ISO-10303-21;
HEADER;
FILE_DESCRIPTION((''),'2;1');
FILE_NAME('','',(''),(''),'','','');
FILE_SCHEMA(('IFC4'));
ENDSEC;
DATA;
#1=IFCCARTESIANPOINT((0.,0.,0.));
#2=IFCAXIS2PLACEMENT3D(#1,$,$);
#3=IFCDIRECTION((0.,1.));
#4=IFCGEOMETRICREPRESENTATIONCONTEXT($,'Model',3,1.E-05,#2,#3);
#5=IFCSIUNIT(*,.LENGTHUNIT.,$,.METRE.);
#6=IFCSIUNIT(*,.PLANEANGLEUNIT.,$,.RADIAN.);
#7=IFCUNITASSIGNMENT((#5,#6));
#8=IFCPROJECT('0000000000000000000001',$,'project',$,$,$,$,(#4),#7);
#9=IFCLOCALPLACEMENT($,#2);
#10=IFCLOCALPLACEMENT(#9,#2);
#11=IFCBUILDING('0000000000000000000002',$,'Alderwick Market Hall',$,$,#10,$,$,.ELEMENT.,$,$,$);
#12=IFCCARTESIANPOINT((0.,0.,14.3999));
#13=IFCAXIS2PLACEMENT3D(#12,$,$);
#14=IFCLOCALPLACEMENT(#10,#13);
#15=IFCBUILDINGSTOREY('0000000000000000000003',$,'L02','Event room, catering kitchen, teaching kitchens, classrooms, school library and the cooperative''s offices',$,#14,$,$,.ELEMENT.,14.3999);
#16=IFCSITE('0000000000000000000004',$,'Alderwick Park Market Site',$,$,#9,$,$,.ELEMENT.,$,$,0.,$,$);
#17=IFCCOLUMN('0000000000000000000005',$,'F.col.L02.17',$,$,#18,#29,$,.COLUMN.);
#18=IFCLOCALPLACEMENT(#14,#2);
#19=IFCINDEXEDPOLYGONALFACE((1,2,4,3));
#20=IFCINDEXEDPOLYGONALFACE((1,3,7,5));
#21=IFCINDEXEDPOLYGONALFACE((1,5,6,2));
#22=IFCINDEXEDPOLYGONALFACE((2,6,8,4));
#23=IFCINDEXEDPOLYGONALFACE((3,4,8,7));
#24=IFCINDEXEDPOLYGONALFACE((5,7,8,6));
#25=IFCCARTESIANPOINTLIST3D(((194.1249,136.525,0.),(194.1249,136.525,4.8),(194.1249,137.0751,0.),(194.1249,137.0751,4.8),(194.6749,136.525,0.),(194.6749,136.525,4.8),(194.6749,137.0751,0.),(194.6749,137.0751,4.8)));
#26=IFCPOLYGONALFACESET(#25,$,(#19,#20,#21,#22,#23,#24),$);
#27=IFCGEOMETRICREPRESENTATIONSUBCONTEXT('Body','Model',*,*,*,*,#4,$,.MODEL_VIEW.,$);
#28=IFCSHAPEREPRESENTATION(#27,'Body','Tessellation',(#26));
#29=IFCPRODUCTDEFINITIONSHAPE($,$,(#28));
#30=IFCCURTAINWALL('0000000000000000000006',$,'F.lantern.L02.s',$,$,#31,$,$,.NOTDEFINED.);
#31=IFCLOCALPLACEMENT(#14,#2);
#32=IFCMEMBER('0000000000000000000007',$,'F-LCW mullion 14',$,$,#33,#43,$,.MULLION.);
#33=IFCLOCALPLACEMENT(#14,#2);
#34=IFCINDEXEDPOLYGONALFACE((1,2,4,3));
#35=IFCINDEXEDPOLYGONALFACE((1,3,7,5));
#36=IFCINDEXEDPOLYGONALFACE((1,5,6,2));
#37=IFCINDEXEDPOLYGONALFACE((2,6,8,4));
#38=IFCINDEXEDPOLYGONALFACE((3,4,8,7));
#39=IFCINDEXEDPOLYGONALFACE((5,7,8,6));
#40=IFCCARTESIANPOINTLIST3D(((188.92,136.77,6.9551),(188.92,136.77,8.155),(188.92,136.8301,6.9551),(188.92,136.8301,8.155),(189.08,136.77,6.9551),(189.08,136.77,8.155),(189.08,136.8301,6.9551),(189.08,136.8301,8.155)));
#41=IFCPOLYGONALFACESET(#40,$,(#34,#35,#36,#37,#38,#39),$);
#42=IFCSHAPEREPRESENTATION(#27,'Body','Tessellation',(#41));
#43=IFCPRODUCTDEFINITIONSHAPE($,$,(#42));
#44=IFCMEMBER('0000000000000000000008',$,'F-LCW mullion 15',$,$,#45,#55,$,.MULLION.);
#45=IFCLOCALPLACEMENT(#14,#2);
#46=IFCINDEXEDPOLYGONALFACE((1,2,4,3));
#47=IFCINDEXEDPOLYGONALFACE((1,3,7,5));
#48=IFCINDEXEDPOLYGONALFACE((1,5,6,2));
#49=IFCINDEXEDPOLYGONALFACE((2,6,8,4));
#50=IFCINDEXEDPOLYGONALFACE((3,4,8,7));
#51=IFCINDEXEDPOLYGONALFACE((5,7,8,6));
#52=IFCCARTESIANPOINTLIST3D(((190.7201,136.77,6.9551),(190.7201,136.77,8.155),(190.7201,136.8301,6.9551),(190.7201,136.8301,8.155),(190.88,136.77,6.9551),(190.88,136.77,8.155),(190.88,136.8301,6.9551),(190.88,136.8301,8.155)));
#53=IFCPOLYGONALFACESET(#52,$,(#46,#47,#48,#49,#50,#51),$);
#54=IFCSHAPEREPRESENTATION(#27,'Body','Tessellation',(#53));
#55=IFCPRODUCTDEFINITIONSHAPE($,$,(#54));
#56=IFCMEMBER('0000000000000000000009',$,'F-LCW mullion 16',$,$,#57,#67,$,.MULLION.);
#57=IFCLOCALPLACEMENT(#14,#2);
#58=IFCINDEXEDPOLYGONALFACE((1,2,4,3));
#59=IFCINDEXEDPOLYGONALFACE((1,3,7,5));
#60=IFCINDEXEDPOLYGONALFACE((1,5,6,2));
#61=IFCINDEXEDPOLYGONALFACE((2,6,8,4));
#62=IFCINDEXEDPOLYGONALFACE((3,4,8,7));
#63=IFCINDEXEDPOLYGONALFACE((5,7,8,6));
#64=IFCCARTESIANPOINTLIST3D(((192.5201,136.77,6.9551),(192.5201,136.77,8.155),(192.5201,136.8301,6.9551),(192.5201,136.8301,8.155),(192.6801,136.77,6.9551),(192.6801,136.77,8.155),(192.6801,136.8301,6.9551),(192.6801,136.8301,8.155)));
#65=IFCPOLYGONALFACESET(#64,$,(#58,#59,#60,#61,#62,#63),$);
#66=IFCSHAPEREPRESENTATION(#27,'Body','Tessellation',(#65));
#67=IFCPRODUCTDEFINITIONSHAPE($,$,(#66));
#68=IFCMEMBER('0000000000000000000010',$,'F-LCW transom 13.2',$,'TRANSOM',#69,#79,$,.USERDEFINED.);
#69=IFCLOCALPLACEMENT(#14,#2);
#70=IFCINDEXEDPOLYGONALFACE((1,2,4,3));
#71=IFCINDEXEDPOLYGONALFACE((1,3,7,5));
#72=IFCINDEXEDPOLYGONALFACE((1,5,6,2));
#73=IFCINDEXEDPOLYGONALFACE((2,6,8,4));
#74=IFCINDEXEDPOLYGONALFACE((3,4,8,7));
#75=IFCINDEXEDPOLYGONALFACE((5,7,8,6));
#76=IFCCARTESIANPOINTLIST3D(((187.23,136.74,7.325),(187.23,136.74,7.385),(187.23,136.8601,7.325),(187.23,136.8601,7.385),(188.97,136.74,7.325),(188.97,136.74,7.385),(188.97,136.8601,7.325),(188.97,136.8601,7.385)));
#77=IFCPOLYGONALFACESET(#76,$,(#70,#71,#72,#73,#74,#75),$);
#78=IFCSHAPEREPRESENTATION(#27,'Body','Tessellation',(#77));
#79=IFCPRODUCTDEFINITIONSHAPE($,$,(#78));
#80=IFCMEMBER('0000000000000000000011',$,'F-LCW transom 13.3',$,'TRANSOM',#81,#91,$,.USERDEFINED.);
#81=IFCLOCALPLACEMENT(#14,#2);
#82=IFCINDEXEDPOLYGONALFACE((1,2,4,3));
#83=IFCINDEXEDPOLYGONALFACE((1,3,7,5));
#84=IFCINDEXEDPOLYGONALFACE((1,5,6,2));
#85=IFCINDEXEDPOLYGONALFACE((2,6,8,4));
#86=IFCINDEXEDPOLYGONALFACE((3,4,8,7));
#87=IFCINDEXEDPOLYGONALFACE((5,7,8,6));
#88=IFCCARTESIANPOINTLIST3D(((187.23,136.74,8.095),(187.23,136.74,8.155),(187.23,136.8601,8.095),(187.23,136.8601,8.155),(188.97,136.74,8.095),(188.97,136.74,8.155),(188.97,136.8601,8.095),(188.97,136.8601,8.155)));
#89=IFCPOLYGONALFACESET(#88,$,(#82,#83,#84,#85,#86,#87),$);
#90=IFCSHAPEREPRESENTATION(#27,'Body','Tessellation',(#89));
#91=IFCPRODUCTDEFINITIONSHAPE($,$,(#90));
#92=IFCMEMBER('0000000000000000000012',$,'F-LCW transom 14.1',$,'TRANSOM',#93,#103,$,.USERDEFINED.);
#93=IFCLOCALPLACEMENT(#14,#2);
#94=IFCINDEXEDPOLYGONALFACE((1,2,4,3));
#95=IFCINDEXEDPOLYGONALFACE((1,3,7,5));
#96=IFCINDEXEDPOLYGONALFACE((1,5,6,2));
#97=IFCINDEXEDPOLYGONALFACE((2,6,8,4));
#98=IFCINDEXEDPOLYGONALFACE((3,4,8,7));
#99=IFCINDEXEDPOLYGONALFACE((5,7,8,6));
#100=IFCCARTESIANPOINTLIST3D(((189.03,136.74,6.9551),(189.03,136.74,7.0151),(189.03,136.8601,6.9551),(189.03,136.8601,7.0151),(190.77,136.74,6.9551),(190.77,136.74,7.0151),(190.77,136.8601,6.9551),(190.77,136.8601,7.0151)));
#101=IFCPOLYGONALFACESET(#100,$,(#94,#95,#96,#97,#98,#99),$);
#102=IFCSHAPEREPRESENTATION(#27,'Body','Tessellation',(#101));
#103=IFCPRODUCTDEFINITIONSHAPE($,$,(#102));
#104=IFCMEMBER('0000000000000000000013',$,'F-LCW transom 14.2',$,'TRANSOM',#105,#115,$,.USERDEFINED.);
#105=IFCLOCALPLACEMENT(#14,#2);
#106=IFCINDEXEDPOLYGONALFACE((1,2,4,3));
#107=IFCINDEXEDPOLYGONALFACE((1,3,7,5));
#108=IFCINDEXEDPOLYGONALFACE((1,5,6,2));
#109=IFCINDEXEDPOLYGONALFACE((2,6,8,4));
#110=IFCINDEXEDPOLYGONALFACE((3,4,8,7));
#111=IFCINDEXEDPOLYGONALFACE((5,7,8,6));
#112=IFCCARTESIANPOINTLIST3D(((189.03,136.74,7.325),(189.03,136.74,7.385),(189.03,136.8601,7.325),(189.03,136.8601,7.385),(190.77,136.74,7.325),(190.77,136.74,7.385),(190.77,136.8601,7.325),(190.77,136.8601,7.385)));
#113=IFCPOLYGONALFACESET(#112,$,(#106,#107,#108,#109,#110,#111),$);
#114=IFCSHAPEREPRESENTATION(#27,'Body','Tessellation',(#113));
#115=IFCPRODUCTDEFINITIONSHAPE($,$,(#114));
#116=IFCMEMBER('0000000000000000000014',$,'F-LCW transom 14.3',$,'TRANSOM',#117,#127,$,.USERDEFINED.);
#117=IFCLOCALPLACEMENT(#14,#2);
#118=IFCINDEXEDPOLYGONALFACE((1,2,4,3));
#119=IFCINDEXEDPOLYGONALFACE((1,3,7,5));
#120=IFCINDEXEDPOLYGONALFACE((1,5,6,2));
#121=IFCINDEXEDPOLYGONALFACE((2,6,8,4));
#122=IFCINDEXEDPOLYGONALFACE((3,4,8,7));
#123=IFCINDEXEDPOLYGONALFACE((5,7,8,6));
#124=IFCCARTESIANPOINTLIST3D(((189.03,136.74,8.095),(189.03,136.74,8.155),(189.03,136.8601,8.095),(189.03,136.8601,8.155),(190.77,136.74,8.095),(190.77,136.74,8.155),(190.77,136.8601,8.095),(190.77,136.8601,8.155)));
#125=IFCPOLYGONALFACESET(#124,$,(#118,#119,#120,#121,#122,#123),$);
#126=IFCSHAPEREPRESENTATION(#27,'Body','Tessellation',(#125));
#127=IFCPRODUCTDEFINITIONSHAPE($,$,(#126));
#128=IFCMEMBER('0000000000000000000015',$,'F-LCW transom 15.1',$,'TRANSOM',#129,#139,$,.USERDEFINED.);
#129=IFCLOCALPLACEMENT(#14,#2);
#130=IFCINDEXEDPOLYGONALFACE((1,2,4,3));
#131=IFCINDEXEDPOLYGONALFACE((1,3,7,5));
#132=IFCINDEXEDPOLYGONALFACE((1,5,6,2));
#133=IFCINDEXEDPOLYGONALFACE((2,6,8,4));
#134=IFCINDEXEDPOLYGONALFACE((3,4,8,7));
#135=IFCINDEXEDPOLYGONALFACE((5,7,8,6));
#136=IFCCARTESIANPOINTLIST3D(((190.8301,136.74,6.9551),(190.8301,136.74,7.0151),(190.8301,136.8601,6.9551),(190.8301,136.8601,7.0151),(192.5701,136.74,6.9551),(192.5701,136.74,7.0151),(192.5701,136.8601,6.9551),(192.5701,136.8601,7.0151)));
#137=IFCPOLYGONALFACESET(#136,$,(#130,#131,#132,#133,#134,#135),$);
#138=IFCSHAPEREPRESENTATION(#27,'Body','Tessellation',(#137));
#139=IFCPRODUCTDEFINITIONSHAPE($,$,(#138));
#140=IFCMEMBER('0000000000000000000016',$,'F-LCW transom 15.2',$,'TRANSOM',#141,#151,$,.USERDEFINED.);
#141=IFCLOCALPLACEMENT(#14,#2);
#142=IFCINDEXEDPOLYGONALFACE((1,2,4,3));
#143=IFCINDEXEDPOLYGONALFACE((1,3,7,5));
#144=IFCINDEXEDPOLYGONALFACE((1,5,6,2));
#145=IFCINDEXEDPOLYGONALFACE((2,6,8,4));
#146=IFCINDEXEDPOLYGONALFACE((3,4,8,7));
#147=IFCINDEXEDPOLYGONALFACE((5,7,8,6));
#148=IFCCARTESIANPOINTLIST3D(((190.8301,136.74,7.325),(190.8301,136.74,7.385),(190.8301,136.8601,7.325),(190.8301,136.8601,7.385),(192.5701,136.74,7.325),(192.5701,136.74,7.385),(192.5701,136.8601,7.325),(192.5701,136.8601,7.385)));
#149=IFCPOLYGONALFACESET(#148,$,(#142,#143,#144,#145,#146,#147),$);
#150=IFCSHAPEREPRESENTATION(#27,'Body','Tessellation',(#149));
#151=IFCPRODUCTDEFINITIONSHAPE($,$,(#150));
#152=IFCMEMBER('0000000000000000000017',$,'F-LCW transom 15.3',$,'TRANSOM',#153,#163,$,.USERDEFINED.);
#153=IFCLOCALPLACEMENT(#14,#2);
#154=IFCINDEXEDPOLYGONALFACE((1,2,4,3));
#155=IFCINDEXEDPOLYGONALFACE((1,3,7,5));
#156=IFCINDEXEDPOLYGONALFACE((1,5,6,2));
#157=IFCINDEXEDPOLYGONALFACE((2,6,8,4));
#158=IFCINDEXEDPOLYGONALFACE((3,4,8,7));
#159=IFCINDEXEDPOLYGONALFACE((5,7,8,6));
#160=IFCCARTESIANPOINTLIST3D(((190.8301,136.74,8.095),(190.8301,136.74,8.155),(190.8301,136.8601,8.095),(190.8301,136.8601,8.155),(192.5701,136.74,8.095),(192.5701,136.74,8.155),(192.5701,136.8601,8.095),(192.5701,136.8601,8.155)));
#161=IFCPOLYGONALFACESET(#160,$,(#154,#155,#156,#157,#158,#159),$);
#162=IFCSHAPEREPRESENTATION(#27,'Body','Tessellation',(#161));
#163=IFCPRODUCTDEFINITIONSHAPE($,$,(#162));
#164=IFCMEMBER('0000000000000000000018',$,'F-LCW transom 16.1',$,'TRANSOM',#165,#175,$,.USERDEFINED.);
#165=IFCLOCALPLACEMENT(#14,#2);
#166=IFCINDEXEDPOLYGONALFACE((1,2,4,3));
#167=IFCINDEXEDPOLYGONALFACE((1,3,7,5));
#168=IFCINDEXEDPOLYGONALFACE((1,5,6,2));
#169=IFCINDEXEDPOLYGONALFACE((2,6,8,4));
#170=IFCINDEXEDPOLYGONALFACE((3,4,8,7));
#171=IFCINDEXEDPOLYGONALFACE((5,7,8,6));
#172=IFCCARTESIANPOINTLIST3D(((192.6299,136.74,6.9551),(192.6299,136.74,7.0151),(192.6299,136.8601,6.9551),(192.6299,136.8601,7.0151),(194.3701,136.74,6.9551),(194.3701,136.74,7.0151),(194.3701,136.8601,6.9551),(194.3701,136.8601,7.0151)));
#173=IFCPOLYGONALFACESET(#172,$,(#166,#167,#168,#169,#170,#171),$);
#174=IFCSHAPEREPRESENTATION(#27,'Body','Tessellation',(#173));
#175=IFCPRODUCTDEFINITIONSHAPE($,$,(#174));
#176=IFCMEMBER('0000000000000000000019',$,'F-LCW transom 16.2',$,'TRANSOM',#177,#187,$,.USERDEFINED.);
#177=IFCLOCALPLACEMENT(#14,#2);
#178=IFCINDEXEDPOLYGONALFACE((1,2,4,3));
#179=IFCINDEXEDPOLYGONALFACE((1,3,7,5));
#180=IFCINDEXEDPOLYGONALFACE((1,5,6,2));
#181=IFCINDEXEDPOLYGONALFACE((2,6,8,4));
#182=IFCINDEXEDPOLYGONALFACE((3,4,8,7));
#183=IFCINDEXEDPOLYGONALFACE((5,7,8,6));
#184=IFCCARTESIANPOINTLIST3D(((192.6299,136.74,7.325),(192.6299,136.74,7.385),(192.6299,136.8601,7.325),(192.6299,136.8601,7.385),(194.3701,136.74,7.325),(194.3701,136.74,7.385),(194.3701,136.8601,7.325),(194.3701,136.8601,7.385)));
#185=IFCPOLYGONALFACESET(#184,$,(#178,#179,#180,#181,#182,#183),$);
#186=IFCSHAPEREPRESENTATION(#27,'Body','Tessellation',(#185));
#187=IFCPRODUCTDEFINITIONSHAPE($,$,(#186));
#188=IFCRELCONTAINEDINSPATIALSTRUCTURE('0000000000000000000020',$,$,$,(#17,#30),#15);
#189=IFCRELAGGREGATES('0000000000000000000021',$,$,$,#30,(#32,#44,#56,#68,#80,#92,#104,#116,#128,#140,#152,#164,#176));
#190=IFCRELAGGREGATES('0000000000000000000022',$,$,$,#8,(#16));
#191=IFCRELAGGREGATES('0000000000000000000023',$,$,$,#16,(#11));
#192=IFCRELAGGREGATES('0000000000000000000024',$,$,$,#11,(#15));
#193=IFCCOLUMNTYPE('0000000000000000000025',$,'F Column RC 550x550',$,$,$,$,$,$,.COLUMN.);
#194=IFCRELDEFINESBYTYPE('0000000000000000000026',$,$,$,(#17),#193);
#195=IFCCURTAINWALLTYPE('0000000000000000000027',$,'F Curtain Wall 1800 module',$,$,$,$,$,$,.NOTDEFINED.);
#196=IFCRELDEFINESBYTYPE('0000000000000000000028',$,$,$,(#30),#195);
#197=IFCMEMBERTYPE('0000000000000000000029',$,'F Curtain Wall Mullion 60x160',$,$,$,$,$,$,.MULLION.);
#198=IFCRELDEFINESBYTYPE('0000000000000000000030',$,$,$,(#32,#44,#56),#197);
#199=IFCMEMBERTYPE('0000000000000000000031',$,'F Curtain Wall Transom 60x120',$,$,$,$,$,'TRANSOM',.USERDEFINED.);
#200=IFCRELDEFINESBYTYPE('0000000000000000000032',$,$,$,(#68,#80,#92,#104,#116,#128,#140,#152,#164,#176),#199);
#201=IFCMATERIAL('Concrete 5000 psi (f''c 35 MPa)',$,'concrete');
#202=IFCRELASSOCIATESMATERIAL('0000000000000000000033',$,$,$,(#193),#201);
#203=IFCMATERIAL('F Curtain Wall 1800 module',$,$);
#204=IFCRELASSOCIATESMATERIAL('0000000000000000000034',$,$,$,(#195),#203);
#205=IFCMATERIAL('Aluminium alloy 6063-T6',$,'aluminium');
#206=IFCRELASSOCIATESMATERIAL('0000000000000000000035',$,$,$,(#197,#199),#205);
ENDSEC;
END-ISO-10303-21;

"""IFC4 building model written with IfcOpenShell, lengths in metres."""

from ifc_helpers import new_model, si_unit, direction, frame, origin, origin_2d, place, context, subcontext, project, spatial, rectangle, extrude, material, material_profile, profile_set, type_object, element, aggregate, save


model = new_model("IFC4")

# Units and contexts
model_context = context("Model", 3, precision=1e-05, world=origin(), true_north=direction((0.0, 1.0)))
body_context = subcontext(model_context, "Body", "Model", "MODEL_VIEW")
ifc_project = project(units=[si_unit("LENGTHUNIT", "METRE"), si_unit("PLANEANGLEUNIT", "RADIAN")], contexts=[model_context])

# Site, building, storey
site_placement = place(None, origin())
site = spatial("IfcSite", under=ifc_project, at=site_placement, Name="Alderwick Park Market Site", CompositionType="ELEMENT", RefElevation=0.0)
building_placement = place(site_placement, origin())
building = spatial("IfcBuilding", under=site, at=building_placement, Name="Alderwick Market Hall", CompositionType="ELEMENT")
storey_placement = place(building_placement, frame((0.0, 0.0, 14.3999)))
storey = spatial("IfcBuildingStorey", under=building, at=storey_placement, Name="L02", Description="Event room, catering kitchen, teaching kitchens, classrooms, school library and the cooperative's offices", CompositionType="ELEMENT", Elevation=14.3999)

# Column
ifc_material_1 = material(Name="Concrete 5000 psi (f'c 35 MPa)", Category="concrete")
ifc_material_profile_1 = material_profile(ifc_material_1, rectangle(XDim=0.55, YDim=0.55, at=origin_2d()), Name="RC 550x550")
ifc_profile_set_1 = profile_set([ifc_material_profile_1], Name="Concrete 5000 psi (f'c 35 MPa)")
column_type = type_object("IfcColumnType", Name="F Column RC 550x550", PredefinedType="COLUMN", material=ifc_profile_set_1)
column_placement = place(storey_placement, frame((194.3999, 136.8, 0.0), z_axis=(0.0, 0.0, 1.0), x_axis=(1.0, 0.0, 0.0)))
element("IfcColumn", 1, at=column_placement, inside=storey, type_object=column_type, Name="F.col.L02.17", PredefinedType="COLUMN", context=body_context, shape_type="SweptSolid", body=[
    extrude(rectangle(XDim=0.55, YDim=0.55, at=origin_2d()), origin(), (0.0, 0.0, 1.0), 4.8),
])

# Curtain wall, members
ifc_material_2 = material(Name="F Curtain Wall 1800 module")
curtain_wall_type = type_object("IfcCurtainWallType", Name="F Curtain Wall 1800 module", PredefinedType="NOTDEFINED", material=ifc_material_2)
curtain_wall_placement = place(storey_placement, origin())
curtain_wall = element("IfcCurtainWall", 2, at=curtain_wall_placement, inside=storey, type_object=curtain_wall_type, Name="F.lantern.L02.s", PredefinedType="NOTDEFINED")
ifc_material_3 = material(Name="Aluminium alloy 6063-T6", Category="aluminium")
ifc_material_profile_2 = material_profile(ifc_material_3, rectangle(XDim=0.0601, YDim=0.1599, at=origin_2d()), Name="AL 60x160")
ifc_profile_set_2 = profile_set([ifc_material_profile_2], Name="Aluminium alloy 6063-T6")
member_type_1 = type_object("IfcMemberType", Name="F Curtain Wall Mullion 60x160", PredefinedType="MULLION", material=ifc_profile_set_2)
member_1_placement = place(storey_placement, frame((189.0, 136.8, 6.9551), z_axis=(0.0, 0.0, 1.0), x_axis=(0.0, 1.0, 0.0)))
member_1 = element("IfcMember", 3, at=member_1_placement, type_object=member_type_1, Name="F-LCW mullion 14", PredefinedType="MULLION", context=body_context, shape_type="SweptSolid", body=[
    extrude(rectangle(XDim=0.0601, YDim=0.1599, at=origin_2d()), origin(), (0.0, 0.0, 1.0), 1.2),
])
member_2_placement = place(storey_placement, frame((190.8, 136.8, 6.9551), z_axis=(0.0, 0.0, 1.0), x_axis=(0.0, 1.0, 0.0)))
member_2 = element("IfcMember", 4, at=member_2_placement, type_object=member_type_1, Name="F-LCW mullion 15", PredefinedType="MULLION", context=body_context, shape_type="SweptSolid", body=[
    extrude(rectangle(XDim=0.0601, YDim=0.1599, at=origin_2d()), origin(), (0.0, 0.0, 1.0), 1.2),
])
member_3_placement = place(storey_placement, frame((192.6001, 136.8, 6.9551), z_axis=(0.0, 0.0, 1.0), x_axis=(0.0, 1.0, 0.0)))
member_3 = element("IfcMember", 5, at=member_3_placement, type_object=member_type_1, Name="F-LCW mullion 16", PredefinedType="MULLION", context=body_context, shape_type="SweptSolid", body=[
    extrude(rectangle(XDim=0.0601, YDim=0.1599, at=origin_2d()), origin(), (0.0, 0.0, 1.0), 1.2),
])
ifc_material_profile_3 = material_profile(ifc_material_3, rectangle(XDim=0.1201, YDim=0.0601, at=origin_2d()), Name="AL 60x120")
ifc_profile_set_3 = profile_set([ifc_material_profile_3], Name="Aluminium alloy 6063-T6")
member_type_2 = type_object("IfcMemberType", Name="F Curtain Wall Transom 60x120", ElementType="TRANSOM", PredefinedType="USERDEFINED", material=ifc_profile_set_3)
member_4_placement = place(storey_placement, frame((187.23, 136.8, 7.355), z_axis=(1.0, 0.0, 0.0), x_axis=(0.0, 1.0, 0.0)))
member_4 = element("IfcMember", 6, at=member_4_placement, type_object=member_type_2, Name="F-LCW transom 13.2", ObjectType="TRANSOM", PredefinedType="USERDEFINED", context=body_context, shape_type="SweptSolid", body=[
    extrude(rectangle(XDim=0.1201, YDim=0.0601, at=origin_2d()), origin(), (0.0, 0.0, 1.0), 1.74),
])
member_5_placement = place(storey_placement, frame((187.23, 136.8, 8.125), z_axis=(1.0, 0.0, 0.0), x_axis=(0.0, 1.0, 0.0)))
member_5 = element("IfcMember", 7, at=member_5_placement, type_object=member_type_2, Name="F-LCW transom 13.3", ObjectType="TRANSOM", PredefinedType="USERDEFINED", context=body_context, shape_type="SweptSolid", body=[
    extrude(rectangle(XDim=0.1201, YDim=0.0601, at=origin_2d()), origin(), (0.0, 0.0, 1.0), 1.74),
])
member_6_placement = place(storey_placement, frame((189.03, 136.8, 6.9851), z_axis=(1.0, 0.0, 0.0), x_axis=(0.0, 1.0, 0.0)))
member_6 = element("IfcMember", 8, at=member_6_placement, type_object=member_type_2, Name="F-LCW transom 14.1", ObjectType="TRANSOM", PredefinedType="USERDEFINED", context=body_context, shape_type="SweptSolid", body=[
    extrude(rectangle(XDim=0.1201, YDim=0.0601, at=origin_2d()), origin(), (0.0, 0.0, 1.0), 1.74),
])
member_7_placement = place(storey_placement, frame((189.03, 136.8, 7.355), z_axis=(1.0, 0.0, 0.0), x_axis=(0.0, 1.0, 0.0)))
member_7 = element("IfcMember", 9, at=member_7_placement, type_object=member_type_2, Name="F-LCW transom 14.2", ObjectType="TRANSOM", PredefinedType="USERDEFINED", context=body_context, shape_type="SweptSolid", body=[
    extrude(rectangle(XDim=0.1201, YDim=0.0601, at=origin_2d()), origin(), (0.0, 0.0, 1.0), 1.74),
])
member_8_placement = place(storey_placement, frame((189.03, 136.8, 8.125), z_axis=(1.0, 0.0, 0.0), x_axis=(0.0, 1.0, 0.0)))
member_8 = element("IfcMember", 10, at=member_8_placement, type_object=member_type_2, Name="F-LCW transom 14.3", ObjectType="TRANSOM", PredefinedType="USERDEFINED", context=body_context, shape_type="SweptSolid", body=[
    extrude(rectangle(XDim=0.1201, YDim=0.0601, at=origin_2d()), origin(), (0.0, 0.0, 1.0), 1.74),
])
member_9_placement = place(storey_placement, frame((190.8301, 136.8, 6.9851), z_axis=(1.0, 0.0, 0.0), x_axis=(0.0, 1.0, 0.0)))
member_9 = element("IfcMember", 11, at=member_9_placement, type_object=member_type_2, Name="F-LCW transom 15.1", ObjectType="TRANSOM", PredefinedType="USERDEFINED", context=body_context, shape_type="SweptSolid", body=[
    extrude(rectangle(XDim=0.1201, YDim=0.0601, at=origin_2d()), origin(), (0.0, 0.0, 1.0), 1.74),
])
member_10_placement = place(storey_placement, frame((190.8301, 136.8, 7.355), z_axis=(1.0, 0.0, 0.0), x_axis=(0.0, 1.0, 0.0)))
member_10 = element("IfcMember", 12, at=member_10_placement, type_object=member_type_2, Name="F-LCW transom 15.2", ObjectType="TRANSOM", PredefinedType="USERDEFINED", context=body_context, shape_type="SweptSolid", body=[
    extrude(rectangle(XDim=0.1201, YDim=0.0601, at=origin_2d()), origin(), (0.0, 0.0, 1.0), 1.74),
])
member_11_placement = place(storey_placement, frame((190.8301, 136.8, 8.125), z_axis=(1.0, 0.0, 0.0), x_axis=(0.0, 1.0, 0.0)))
member_11 = element("IfcMember", 13, at=member_11_placement, type_object=member_type_2, Name="F-LCW transom 15.3", ObjectType="TRANSOM", PredefinedType="USERDEFINED", context=body_context, shape_type="SweptSolid", body=[
    extrude(rectangle(XDim=0.1201, YDim=0.0601, at=origin_2d()), origin(), (0.0, 0.0, 1.0), 1.74),
])
member_12_placement = place(storey_placement, frame((192.6299, 136.8, 6.9851), z_axis=(1.0, 0.0, 0.0), x_axis=(0.0, 1.0, 0.0)))
member_12 = element("IfcMember", 14, at=member_12_placement, type_object=member_type_2, Name="F-LCW transom 16.1", ObjectType="TRANSOM", PredefinedType="USERDEFINED", context=body_context, shape_type="SweptSolid", body=[
    extrude(rectangle(XDim=0.1201, YDim=0.0601, at=origin_2d()), origin(), (0.0, 0.0, 1.0), 1.7402),
])
member_13_placement = place(storey_placement, frame((192.6299, 136.8, 7.355), z_axis=(1.0, 0.0, 0.0), x_axis=(0.0, 1.0, 0.0)))
member_13 = element("IfcMember", 15, at=member_13_placement, type_object=member_type_2, Name="F-LCW transom 16.2", ObjectType="TRANSOM", PredefinedType="USERDEFINED", context=body_context, shape_type="SweptSolid", body=[
    extrude(rectangle(XDim=0.1201, YDim=0.0601, at=origin_2d()), origin(), (0.0, 0.0, 1.0), 1.7402),
])
aggregate(curtain_wall, [member_1, member_2, member_3, member_4, member_5, member_6, member_7, member_8, member_9, member_10, member_11, member_12, member_13])

save(model, "model.ifc")
